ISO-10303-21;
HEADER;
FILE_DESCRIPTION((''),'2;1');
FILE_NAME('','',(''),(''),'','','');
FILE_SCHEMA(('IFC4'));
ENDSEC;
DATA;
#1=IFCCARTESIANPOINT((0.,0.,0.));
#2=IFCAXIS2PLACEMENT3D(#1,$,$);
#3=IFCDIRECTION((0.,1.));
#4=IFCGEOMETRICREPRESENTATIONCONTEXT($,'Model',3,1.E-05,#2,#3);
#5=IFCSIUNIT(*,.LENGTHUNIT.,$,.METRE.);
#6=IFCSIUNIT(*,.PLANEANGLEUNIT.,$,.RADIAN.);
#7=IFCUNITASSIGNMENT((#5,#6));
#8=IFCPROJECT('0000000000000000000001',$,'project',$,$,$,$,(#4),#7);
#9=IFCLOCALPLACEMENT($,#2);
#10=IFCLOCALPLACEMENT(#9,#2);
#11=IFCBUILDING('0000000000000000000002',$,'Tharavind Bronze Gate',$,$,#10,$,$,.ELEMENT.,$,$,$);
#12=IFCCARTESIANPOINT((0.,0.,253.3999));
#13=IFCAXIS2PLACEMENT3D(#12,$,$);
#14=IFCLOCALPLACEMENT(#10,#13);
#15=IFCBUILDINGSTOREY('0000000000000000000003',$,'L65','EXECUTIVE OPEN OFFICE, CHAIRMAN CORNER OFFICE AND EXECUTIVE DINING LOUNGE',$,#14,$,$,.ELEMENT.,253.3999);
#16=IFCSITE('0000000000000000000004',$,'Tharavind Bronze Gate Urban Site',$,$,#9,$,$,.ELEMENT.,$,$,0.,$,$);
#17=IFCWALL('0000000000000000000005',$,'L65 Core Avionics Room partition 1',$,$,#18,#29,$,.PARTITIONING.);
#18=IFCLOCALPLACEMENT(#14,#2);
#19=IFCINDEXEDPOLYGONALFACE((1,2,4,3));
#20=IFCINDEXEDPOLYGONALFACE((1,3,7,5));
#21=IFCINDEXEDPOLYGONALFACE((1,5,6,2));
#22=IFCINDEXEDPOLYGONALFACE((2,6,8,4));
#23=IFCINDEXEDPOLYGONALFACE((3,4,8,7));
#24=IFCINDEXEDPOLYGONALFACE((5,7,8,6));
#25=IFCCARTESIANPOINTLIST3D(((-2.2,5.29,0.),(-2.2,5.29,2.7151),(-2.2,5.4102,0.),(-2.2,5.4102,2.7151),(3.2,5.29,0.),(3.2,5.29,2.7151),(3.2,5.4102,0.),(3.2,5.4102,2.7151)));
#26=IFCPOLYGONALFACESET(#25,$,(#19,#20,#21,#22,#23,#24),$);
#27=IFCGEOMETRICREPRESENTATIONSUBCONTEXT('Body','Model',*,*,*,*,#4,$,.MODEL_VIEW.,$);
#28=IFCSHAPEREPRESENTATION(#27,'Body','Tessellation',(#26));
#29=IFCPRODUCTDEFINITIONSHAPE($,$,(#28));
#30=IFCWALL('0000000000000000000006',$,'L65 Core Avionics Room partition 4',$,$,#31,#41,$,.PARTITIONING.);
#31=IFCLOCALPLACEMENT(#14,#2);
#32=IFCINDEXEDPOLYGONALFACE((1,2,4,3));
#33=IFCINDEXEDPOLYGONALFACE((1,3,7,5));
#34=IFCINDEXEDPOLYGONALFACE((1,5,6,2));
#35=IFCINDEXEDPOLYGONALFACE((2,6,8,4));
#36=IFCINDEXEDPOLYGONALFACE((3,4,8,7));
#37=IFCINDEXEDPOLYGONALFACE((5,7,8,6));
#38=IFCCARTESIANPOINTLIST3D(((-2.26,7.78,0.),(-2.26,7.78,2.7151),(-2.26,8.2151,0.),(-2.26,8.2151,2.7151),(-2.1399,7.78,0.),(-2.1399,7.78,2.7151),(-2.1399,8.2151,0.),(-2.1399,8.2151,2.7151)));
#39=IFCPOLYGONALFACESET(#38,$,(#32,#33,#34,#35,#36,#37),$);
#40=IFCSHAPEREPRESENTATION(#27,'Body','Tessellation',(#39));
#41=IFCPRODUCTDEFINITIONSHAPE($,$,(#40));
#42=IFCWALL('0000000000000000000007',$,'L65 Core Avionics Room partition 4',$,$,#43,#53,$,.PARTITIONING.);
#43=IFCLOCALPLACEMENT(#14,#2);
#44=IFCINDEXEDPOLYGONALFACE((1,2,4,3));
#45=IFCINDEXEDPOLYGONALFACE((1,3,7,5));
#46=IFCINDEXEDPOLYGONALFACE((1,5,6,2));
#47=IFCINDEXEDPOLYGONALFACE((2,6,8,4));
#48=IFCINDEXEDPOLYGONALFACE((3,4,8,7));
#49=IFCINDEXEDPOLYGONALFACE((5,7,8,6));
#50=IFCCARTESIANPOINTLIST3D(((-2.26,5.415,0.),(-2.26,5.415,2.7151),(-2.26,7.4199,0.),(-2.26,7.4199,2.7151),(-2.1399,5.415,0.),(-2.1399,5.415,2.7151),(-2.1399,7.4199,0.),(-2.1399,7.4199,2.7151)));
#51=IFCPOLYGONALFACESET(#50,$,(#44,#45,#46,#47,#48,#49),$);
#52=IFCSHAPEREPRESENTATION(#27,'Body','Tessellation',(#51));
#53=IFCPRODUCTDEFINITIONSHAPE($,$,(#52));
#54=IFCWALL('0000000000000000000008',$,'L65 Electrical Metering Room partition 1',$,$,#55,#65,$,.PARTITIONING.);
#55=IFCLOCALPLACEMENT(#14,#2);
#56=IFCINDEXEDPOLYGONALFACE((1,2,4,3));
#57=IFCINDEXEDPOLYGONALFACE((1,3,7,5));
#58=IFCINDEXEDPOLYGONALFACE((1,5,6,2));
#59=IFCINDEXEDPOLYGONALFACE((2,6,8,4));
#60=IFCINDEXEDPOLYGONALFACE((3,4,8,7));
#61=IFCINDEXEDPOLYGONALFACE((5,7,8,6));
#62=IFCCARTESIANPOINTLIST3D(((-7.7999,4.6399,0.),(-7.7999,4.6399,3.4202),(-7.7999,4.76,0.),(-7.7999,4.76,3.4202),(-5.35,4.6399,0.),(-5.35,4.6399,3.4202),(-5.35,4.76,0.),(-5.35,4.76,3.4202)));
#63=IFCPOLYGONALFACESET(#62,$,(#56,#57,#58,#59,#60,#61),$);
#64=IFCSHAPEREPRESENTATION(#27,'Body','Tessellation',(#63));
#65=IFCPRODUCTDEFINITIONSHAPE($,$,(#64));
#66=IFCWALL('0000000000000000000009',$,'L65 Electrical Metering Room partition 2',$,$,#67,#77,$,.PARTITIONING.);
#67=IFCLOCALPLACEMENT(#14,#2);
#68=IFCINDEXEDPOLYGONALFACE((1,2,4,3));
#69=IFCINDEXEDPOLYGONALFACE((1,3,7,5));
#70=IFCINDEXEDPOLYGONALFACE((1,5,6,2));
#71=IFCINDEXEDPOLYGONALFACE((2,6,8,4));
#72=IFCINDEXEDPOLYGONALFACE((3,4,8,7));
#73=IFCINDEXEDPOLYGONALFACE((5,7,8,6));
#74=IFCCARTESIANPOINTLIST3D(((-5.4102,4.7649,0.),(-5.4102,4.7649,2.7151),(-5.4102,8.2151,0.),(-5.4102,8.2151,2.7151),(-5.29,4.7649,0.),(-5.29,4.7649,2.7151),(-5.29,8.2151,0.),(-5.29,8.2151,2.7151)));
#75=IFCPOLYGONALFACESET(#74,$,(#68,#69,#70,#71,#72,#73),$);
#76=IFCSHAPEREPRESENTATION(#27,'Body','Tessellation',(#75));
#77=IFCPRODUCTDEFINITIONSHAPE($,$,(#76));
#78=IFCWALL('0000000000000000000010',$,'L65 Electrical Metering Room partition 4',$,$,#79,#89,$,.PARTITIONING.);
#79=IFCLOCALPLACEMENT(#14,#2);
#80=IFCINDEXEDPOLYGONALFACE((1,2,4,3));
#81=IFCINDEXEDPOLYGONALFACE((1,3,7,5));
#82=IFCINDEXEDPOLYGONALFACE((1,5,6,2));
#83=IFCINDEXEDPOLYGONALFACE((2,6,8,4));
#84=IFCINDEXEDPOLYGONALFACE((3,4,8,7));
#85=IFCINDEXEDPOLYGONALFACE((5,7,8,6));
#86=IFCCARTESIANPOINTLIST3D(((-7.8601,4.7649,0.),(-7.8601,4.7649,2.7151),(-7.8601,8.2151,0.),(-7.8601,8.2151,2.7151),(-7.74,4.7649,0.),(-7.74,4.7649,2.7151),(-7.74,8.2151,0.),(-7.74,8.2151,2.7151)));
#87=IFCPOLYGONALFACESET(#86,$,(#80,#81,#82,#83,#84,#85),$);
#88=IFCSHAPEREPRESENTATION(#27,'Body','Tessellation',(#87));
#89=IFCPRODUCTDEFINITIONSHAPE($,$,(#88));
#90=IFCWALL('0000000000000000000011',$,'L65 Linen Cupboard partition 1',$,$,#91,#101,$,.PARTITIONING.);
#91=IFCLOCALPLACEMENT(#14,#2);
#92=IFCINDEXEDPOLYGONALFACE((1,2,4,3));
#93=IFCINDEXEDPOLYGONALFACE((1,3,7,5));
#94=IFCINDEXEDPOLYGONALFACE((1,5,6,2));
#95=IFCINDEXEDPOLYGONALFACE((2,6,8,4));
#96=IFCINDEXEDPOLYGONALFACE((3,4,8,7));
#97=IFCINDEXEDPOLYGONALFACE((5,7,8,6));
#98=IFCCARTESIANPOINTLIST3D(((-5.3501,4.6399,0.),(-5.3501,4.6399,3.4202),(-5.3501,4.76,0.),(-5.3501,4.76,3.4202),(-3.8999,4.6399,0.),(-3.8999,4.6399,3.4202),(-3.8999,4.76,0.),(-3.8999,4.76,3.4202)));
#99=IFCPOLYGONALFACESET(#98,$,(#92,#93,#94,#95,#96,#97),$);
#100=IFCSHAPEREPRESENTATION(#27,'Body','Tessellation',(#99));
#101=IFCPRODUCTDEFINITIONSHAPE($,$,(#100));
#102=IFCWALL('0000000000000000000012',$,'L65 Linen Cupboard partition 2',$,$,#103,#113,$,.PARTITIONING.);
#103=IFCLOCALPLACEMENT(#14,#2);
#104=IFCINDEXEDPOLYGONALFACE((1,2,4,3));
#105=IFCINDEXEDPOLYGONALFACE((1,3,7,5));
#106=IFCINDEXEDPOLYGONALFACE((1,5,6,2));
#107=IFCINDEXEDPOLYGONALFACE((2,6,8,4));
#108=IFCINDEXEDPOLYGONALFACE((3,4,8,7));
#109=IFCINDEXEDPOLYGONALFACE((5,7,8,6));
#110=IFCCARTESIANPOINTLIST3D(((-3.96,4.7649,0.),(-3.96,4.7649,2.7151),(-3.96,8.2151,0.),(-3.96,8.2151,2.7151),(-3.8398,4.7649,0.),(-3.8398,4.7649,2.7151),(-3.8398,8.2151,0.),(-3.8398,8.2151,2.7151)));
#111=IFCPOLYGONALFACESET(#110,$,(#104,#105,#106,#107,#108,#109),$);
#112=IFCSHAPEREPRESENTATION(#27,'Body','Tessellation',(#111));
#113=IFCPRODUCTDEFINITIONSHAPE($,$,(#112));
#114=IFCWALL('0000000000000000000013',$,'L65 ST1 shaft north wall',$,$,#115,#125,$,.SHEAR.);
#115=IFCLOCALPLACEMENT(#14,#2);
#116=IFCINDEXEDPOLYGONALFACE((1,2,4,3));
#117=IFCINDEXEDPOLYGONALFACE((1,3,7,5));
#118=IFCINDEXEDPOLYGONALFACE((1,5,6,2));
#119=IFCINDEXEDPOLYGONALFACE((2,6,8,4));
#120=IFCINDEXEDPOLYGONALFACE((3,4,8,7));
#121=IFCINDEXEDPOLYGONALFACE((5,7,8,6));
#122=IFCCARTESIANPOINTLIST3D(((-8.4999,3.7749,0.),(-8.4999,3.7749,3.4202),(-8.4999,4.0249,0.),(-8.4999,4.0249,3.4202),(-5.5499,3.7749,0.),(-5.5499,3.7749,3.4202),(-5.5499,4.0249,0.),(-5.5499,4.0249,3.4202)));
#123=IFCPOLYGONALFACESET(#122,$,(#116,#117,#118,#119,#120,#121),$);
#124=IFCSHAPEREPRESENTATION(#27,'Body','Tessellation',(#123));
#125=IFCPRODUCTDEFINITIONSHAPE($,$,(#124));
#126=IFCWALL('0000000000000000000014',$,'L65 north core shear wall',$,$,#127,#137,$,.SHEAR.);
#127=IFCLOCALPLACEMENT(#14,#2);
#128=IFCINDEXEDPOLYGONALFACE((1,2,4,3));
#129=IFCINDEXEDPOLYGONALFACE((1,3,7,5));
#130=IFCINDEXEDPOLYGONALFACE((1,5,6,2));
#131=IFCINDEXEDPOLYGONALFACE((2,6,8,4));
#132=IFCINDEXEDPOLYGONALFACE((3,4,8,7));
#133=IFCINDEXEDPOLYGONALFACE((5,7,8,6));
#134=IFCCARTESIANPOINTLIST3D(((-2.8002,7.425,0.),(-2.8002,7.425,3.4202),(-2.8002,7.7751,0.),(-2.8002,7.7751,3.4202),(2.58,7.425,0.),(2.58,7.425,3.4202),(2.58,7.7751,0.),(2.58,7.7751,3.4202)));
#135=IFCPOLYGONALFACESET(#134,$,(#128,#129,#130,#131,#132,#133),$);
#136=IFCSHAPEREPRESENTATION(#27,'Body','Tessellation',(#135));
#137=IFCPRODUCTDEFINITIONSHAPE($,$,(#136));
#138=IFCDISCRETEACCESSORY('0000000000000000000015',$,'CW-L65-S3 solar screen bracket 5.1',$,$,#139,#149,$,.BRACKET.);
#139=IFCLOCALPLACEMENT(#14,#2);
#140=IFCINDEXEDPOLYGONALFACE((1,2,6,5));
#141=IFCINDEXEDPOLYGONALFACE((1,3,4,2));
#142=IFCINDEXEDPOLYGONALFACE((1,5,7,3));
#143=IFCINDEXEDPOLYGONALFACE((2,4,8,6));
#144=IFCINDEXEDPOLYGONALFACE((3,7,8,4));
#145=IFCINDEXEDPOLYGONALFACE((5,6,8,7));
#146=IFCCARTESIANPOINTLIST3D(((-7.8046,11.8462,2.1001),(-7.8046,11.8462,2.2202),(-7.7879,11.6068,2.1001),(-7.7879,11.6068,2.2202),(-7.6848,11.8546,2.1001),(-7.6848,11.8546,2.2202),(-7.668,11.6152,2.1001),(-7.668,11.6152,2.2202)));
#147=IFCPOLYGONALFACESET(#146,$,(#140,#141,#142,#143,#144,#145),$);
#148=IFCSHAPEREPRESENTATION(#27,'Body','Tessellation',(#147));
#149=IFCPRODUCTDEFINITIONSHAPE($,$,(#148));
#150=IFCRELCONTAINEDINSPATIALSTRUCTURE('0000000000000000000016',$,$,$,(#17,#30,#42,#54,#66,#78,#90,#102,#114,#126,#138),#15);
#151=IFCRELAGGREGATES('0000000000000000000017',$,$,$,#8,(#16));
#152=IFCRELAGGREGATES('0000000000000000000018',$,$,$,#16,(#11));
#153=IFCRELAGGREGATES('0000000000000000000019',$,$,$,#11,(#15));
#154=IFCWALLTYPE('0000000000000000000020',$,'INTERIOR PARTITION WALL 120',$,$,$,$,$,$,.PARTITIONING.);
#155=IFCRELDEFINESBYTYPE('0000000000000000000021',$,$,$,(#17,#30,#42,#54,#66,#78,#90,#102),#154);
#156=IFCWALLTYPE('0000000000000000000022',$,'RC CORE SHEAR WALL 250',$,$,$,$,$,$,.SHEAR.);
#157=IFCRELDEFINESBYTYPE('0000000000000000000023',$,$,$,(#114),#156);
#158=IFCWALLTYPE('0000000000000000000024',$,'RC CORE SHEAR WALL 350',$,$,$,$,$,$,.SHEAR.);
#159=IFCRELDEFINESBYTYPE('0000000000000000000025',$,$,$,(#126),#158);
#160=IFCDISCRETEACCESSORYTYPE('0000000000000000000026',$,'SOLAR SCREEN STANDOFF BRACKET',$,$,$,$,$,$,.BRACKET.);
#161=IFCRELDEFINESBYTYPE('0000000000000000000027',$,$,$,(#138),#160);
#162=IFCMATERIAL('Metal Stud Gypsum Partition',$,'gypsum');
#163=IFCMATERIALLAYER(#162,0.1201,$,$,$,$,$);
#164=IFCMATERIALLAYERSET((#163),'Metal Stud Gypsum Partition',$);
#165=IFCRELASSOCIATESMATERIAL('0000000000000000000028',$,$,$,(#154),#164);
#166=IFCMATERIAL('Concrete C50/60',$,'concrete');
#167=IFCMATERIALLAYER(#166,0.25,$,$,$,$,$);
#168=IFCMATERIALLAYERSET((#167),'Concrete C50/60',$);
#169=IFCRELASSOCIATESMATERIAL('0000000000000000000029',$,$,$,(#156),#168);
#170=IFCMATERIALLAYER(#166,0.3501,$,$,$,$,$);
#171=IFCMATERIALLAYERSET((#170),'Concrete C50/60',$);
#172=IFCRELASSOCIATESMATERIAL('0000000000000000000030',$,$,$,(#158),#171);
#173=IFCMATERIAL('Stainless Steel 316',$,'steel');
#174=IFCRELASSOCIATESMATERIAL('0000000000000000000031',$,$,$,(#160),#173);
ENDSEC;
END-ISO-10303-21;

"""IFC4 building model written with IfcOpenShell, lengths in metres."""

from ifc_helpers import new_model, si_unit, direction, frame, frame_2d, origin, origin_2d, place, context, subcontext, project, spatial, rectangle, extrude, material, layer, layer_set, type_object, element, save


model = new_model("IFC4")

# Units and contexts
model_context = context("Model", 3, precision=1e-05, world=origin(), true_north=direction((0.0, 1.0)))
body_context = subcontext(model_context, "Body", "Model", "MODEL_VIEW")
ifc_project = project(units=[si_unit("LENGTHUNIT", "METRE"), si_unit("PLANEANGLEUNIT", "RADIAN")], contexts=[model_context])

# Site, building, storey
site_placement = place(None, origin())
site = spatial("IfcSite", under=ifc_project, at=site_placement, Name="Tharavind Bronze Gate Urban Site", CompositionType="ELEMENT", RefElevation=0.0)
building_placement = place(site_placement, origin())
building = spatial("IfcBuilding", under=site, at=building_placement, Name="Tharavind Bronze Gate", CompositionType="ELEMENT")
storey_placement = place(building_placement, frame((0.0, 0.0, 253.3999)))
storey = spatial("IfcBuildingStorey", under=building, at=storey_placement, Name="L65", Description="EXECUTIVE OPEN OFFICE, CHAIRMAN CORNER OFFICE AND EXECUTIVE DINING LOUNGE", CompositionType="ELEMENT", Elevation=253.3999)

# Walls
ifc_material_1 = material(Name="Metal Stud Gypsum Partition", Category="gypsum")
ifc_layer_1 = layer(ifc_material_1, 0.1201)
ifc_layer_set_1 = layer_set([ifc_layer_1], Name="Metal Stud Gypsum Partition")
wall_type_1 = type_object("IfcWallType", Name="INTERIOR PARTITION WALL 120", PredefinedType="PARTITIONING", material=ifc_layer_set_1)
wall_1_placement = place(storey_placement, frame((-2.2, 5.3501, 0.0), z_axis=(0.0, 0.0, 1.0), x_axis=(1.0, 0.0, 0.0)))
element("IfcWall", 1, at=wall_1_placement, inside=storey, type_object=wall_type_1, Name="L65 Core Avionics Room partition 1", PredefinedType="PARTITIONING", context=body_context, shape_type="SweptSolid", body=[
    extrude(rectangle(XDim=5.3999, YDim=0.1201, at=frame_2d((2.7, 0.0))), origin(), (0.0, 0.0, 1.0), 2.7151),
])
wall_2_placement = place(storey_placement, frame((-2.2, 8.2151, 0.0), z_axis=(0.0, 0.0, 1.0), x_axis=(0.0, -1.0, 0.0)))
element("IfcWall", 2, at=wall_2_placement, inside=storey, type_object=wall_type_1, Name="L65 Core Avionics Room partition 4", PredefinedType="PARTITIONING", context=body_context, shape_type="SweptSolid", body=[
    extrude(rectangle(XDim=0.4351, YDim=0.1201, at=frame_2d((0.2175, 0.0))), origin(), (0.0, 0.0, 1.0), 2.7151),
])
wall_3_placement = place(storey_placement, frame((-2.2, 7.4199, 0.0), z_axis=(0.0, 0.0, 1.0), x_axis=(0.0, -1.0, 0.0)))
element("IfcWall", 3, at=wall_3_placement, inside=storey, type_object=wall_type_1, Name="L65 Core Avionics Room partition 4", PredefinedType="PARTITIONING", context=body_context, shape_type="SweptSolid", body=[
    extrude(rectangle(XDim=2.0049, YDim=0.1201, at=frame_2d((1.0024, 0.0))), origin(), (0.0, 0.0, 1.0), 2.7151),
])
wall_4_placement = place(storey_placement, frame((-7.8, 4.7, 0.0), z_axis=(0.0, 0.0, 1.0), x_axis=(1.0, 0.0, 0.0)))
element("IfcWall", 4, at=wall_4_placement, inside=storey, type_object=wall_type_1, Name="L65 Electrical Metering Room partition 1", PredefinedType="PARTITIONING", context=body_context, shape_type="SweptSolid", body=[
    extrude(rectangle(XDim=2.45, YDim=0.1201, at=frame_2d((1.2251, 0.0))), origin(), (0.0, 0.0, 1.0), 3.4202),
])
for number, where, z_axis, x_axis, name in (
    (5, (-5.3501, 4.7649, 0.0), (0.0, 0.0, 1.0), (0.0, 1.0, 0.0), "L65 Electrical Metering Room partition 2"),
    (6, (-7.8, 8.2151, 0.0), (0.0, 0.0, 1.0), (0.0, -1.0, 0.0), "L65 Electrical Metering Room partition 4"),
):
    element("IfcWall", number, at=place(storey_placement, frame(where, z_axis=z_axis, x_axis=x_axis)), inside=storey, type_object=wall_type_1, Name=name, PredefinedType="PARTITIONING", context=body_context, shape_type="SweptSolid", body=[
        extrude(rectangle(XDim=3.4502, YDim=0.1201, at=frame_2d((1.7251, 0.0))), origin(), (0.0, 0.0, 1.0), 2.7151),
    ])
wall_5_placement = place(storey_placement, frame((-5.3501, 4.7, 0.0), z_axis=(0.0, 0.0, 1.0), x_axis=(1.0, 0.0, 0.0)))
element("IfcWall", 7, at=wall_5_placement, inside=storey, type_object=wall_type_1, Name="L65 Linen Cupboard partition 1", PredefinedType="PARTITIONING", context=body_context, shape_type="SweptSolid", body=[
    extrude(rectangle(XDim=1.4502, YDim=0.1201, at=frame_2d((0.7251, 0.0))), origin(), (0.0, 0.0, 1.0), 3.4202),
])
wall_6_placement = place(storey_placement, frame((-3.8999, 4.7649, 0.0), z_axis=(0.0, 0.0, 1.0), x_axis=(0.0, 1.0, 0.0)))
element("IfcWall", 8, at=wall_6_placement, inside=storey, type_object=wall_type_1, Name="L65 Linen Cupboard partition 2", PredefinedType="PARTITIONING", context=body_context, shape_type="SweptSolid", body=[
    extrude(rectangle(XDim=3.4502, YDim=0.1201, at=frame_2d((1.7251, 0.0))), origin(), (0.0, 0.0, 1.0), 2.7151),
])
ifc_material_2 = material(Name="Concrete C50/60", Category="concrete")
ifc_layer_2 = layer(ifc_material_2, 0.25)
ifc_layer_set_2 = layer_set([ifc_layer_2], Name="Concrete C50/60")
wall_type_2 = type_object("IfcWallType", Name="RC CORE SHEAR WALL 250", PredefinedType="SHEAR", material=ifc_layer_set_2)
wall_7_placement = place(storey_placement, frame((-8.5, 3.8999, 0.0), z_axis=(0.0, 0.0, 1.0), x_axis=(1.0, 0.0, 0.0)))
element("IfcWall", 9, at=wall_7_placement, inside=storey, type_object=wall_type_2, Name="L65 ST1 shaft north wall", PredefinedType="SHEAR", context=body_context, shape_type="SweptSolid", body=[
    extrude(rectangle(XDim=2.95, YDim=0.25, at=frame_2d((1.4751, 0.0))), origin(), (0.0, 0.0, 1.0), 3.4202),
])
ifc_layer_3 = layer(ifc_material_2, 0.3501)
ifc_layer_set_3 = layer_set([ifc_layer_3], Name="Concrete C50/60")
wall_type_3 = type_object("IfcWallType", Name="RC CORE SHEAR WALL 350", PredefinedType="SHEAR", material=ifc_layer_set_3)
wall_8_placement = place(storey_placement, frame((-2.8, 7.6001, 0.0), z_axis=(0.0, 0.0, 1.0), x_axis=(1.0, 0.0, 0.0)))
element("IfcWall", 10, at=wall_8_placement, inside=storey, type_object=wall_type_3, Name="L65 north core shear wall", PredefinedType="SHEAR", context=body_context, shape_type="SweptSolid", body=[
    extrude(rectangle(XDim=5.3801, YDim=0.3501, at=frame_2d((2.6899, 0.0))), origin(), (0.0, 0.0, 1.0), 3.4202),
])

# Discrete accessory
ifc_material_3 = material(Name="Stainless Steel 316", Category="steel")
discrete_accessory_type = type_object("IfcDiscreteAccessoryType", Name="SOLAR SCREEN STANDOFF BRACKET", PredefinedType="BRACKET", material=ifc_material_3)
discrete_accessory_placement = place(storey_placement, frame((-7.7363, 11.7307, 2.1001), z_axis=(0.0, 0.0, 1.0), x_axis=(-0.997564, -0.06976, 0.0)))
element("IfcDiscreteAccessory", 11, at=discrete_accessory_placement, inside=storey, type_object=discrete_accessory_type, Name="CW-L65-S3 solar screen bracket 5.1", PredefinedType="BRACKET", context=body_context, shape_type="SweptSolid", body=[
    extrude(rectangle(XDim=0.1201, YDim=0.24, at=origin_2d()), origin(), (0.0, 0.0, 1.0), 0.1201),
])

save(model, "model.ifc")
